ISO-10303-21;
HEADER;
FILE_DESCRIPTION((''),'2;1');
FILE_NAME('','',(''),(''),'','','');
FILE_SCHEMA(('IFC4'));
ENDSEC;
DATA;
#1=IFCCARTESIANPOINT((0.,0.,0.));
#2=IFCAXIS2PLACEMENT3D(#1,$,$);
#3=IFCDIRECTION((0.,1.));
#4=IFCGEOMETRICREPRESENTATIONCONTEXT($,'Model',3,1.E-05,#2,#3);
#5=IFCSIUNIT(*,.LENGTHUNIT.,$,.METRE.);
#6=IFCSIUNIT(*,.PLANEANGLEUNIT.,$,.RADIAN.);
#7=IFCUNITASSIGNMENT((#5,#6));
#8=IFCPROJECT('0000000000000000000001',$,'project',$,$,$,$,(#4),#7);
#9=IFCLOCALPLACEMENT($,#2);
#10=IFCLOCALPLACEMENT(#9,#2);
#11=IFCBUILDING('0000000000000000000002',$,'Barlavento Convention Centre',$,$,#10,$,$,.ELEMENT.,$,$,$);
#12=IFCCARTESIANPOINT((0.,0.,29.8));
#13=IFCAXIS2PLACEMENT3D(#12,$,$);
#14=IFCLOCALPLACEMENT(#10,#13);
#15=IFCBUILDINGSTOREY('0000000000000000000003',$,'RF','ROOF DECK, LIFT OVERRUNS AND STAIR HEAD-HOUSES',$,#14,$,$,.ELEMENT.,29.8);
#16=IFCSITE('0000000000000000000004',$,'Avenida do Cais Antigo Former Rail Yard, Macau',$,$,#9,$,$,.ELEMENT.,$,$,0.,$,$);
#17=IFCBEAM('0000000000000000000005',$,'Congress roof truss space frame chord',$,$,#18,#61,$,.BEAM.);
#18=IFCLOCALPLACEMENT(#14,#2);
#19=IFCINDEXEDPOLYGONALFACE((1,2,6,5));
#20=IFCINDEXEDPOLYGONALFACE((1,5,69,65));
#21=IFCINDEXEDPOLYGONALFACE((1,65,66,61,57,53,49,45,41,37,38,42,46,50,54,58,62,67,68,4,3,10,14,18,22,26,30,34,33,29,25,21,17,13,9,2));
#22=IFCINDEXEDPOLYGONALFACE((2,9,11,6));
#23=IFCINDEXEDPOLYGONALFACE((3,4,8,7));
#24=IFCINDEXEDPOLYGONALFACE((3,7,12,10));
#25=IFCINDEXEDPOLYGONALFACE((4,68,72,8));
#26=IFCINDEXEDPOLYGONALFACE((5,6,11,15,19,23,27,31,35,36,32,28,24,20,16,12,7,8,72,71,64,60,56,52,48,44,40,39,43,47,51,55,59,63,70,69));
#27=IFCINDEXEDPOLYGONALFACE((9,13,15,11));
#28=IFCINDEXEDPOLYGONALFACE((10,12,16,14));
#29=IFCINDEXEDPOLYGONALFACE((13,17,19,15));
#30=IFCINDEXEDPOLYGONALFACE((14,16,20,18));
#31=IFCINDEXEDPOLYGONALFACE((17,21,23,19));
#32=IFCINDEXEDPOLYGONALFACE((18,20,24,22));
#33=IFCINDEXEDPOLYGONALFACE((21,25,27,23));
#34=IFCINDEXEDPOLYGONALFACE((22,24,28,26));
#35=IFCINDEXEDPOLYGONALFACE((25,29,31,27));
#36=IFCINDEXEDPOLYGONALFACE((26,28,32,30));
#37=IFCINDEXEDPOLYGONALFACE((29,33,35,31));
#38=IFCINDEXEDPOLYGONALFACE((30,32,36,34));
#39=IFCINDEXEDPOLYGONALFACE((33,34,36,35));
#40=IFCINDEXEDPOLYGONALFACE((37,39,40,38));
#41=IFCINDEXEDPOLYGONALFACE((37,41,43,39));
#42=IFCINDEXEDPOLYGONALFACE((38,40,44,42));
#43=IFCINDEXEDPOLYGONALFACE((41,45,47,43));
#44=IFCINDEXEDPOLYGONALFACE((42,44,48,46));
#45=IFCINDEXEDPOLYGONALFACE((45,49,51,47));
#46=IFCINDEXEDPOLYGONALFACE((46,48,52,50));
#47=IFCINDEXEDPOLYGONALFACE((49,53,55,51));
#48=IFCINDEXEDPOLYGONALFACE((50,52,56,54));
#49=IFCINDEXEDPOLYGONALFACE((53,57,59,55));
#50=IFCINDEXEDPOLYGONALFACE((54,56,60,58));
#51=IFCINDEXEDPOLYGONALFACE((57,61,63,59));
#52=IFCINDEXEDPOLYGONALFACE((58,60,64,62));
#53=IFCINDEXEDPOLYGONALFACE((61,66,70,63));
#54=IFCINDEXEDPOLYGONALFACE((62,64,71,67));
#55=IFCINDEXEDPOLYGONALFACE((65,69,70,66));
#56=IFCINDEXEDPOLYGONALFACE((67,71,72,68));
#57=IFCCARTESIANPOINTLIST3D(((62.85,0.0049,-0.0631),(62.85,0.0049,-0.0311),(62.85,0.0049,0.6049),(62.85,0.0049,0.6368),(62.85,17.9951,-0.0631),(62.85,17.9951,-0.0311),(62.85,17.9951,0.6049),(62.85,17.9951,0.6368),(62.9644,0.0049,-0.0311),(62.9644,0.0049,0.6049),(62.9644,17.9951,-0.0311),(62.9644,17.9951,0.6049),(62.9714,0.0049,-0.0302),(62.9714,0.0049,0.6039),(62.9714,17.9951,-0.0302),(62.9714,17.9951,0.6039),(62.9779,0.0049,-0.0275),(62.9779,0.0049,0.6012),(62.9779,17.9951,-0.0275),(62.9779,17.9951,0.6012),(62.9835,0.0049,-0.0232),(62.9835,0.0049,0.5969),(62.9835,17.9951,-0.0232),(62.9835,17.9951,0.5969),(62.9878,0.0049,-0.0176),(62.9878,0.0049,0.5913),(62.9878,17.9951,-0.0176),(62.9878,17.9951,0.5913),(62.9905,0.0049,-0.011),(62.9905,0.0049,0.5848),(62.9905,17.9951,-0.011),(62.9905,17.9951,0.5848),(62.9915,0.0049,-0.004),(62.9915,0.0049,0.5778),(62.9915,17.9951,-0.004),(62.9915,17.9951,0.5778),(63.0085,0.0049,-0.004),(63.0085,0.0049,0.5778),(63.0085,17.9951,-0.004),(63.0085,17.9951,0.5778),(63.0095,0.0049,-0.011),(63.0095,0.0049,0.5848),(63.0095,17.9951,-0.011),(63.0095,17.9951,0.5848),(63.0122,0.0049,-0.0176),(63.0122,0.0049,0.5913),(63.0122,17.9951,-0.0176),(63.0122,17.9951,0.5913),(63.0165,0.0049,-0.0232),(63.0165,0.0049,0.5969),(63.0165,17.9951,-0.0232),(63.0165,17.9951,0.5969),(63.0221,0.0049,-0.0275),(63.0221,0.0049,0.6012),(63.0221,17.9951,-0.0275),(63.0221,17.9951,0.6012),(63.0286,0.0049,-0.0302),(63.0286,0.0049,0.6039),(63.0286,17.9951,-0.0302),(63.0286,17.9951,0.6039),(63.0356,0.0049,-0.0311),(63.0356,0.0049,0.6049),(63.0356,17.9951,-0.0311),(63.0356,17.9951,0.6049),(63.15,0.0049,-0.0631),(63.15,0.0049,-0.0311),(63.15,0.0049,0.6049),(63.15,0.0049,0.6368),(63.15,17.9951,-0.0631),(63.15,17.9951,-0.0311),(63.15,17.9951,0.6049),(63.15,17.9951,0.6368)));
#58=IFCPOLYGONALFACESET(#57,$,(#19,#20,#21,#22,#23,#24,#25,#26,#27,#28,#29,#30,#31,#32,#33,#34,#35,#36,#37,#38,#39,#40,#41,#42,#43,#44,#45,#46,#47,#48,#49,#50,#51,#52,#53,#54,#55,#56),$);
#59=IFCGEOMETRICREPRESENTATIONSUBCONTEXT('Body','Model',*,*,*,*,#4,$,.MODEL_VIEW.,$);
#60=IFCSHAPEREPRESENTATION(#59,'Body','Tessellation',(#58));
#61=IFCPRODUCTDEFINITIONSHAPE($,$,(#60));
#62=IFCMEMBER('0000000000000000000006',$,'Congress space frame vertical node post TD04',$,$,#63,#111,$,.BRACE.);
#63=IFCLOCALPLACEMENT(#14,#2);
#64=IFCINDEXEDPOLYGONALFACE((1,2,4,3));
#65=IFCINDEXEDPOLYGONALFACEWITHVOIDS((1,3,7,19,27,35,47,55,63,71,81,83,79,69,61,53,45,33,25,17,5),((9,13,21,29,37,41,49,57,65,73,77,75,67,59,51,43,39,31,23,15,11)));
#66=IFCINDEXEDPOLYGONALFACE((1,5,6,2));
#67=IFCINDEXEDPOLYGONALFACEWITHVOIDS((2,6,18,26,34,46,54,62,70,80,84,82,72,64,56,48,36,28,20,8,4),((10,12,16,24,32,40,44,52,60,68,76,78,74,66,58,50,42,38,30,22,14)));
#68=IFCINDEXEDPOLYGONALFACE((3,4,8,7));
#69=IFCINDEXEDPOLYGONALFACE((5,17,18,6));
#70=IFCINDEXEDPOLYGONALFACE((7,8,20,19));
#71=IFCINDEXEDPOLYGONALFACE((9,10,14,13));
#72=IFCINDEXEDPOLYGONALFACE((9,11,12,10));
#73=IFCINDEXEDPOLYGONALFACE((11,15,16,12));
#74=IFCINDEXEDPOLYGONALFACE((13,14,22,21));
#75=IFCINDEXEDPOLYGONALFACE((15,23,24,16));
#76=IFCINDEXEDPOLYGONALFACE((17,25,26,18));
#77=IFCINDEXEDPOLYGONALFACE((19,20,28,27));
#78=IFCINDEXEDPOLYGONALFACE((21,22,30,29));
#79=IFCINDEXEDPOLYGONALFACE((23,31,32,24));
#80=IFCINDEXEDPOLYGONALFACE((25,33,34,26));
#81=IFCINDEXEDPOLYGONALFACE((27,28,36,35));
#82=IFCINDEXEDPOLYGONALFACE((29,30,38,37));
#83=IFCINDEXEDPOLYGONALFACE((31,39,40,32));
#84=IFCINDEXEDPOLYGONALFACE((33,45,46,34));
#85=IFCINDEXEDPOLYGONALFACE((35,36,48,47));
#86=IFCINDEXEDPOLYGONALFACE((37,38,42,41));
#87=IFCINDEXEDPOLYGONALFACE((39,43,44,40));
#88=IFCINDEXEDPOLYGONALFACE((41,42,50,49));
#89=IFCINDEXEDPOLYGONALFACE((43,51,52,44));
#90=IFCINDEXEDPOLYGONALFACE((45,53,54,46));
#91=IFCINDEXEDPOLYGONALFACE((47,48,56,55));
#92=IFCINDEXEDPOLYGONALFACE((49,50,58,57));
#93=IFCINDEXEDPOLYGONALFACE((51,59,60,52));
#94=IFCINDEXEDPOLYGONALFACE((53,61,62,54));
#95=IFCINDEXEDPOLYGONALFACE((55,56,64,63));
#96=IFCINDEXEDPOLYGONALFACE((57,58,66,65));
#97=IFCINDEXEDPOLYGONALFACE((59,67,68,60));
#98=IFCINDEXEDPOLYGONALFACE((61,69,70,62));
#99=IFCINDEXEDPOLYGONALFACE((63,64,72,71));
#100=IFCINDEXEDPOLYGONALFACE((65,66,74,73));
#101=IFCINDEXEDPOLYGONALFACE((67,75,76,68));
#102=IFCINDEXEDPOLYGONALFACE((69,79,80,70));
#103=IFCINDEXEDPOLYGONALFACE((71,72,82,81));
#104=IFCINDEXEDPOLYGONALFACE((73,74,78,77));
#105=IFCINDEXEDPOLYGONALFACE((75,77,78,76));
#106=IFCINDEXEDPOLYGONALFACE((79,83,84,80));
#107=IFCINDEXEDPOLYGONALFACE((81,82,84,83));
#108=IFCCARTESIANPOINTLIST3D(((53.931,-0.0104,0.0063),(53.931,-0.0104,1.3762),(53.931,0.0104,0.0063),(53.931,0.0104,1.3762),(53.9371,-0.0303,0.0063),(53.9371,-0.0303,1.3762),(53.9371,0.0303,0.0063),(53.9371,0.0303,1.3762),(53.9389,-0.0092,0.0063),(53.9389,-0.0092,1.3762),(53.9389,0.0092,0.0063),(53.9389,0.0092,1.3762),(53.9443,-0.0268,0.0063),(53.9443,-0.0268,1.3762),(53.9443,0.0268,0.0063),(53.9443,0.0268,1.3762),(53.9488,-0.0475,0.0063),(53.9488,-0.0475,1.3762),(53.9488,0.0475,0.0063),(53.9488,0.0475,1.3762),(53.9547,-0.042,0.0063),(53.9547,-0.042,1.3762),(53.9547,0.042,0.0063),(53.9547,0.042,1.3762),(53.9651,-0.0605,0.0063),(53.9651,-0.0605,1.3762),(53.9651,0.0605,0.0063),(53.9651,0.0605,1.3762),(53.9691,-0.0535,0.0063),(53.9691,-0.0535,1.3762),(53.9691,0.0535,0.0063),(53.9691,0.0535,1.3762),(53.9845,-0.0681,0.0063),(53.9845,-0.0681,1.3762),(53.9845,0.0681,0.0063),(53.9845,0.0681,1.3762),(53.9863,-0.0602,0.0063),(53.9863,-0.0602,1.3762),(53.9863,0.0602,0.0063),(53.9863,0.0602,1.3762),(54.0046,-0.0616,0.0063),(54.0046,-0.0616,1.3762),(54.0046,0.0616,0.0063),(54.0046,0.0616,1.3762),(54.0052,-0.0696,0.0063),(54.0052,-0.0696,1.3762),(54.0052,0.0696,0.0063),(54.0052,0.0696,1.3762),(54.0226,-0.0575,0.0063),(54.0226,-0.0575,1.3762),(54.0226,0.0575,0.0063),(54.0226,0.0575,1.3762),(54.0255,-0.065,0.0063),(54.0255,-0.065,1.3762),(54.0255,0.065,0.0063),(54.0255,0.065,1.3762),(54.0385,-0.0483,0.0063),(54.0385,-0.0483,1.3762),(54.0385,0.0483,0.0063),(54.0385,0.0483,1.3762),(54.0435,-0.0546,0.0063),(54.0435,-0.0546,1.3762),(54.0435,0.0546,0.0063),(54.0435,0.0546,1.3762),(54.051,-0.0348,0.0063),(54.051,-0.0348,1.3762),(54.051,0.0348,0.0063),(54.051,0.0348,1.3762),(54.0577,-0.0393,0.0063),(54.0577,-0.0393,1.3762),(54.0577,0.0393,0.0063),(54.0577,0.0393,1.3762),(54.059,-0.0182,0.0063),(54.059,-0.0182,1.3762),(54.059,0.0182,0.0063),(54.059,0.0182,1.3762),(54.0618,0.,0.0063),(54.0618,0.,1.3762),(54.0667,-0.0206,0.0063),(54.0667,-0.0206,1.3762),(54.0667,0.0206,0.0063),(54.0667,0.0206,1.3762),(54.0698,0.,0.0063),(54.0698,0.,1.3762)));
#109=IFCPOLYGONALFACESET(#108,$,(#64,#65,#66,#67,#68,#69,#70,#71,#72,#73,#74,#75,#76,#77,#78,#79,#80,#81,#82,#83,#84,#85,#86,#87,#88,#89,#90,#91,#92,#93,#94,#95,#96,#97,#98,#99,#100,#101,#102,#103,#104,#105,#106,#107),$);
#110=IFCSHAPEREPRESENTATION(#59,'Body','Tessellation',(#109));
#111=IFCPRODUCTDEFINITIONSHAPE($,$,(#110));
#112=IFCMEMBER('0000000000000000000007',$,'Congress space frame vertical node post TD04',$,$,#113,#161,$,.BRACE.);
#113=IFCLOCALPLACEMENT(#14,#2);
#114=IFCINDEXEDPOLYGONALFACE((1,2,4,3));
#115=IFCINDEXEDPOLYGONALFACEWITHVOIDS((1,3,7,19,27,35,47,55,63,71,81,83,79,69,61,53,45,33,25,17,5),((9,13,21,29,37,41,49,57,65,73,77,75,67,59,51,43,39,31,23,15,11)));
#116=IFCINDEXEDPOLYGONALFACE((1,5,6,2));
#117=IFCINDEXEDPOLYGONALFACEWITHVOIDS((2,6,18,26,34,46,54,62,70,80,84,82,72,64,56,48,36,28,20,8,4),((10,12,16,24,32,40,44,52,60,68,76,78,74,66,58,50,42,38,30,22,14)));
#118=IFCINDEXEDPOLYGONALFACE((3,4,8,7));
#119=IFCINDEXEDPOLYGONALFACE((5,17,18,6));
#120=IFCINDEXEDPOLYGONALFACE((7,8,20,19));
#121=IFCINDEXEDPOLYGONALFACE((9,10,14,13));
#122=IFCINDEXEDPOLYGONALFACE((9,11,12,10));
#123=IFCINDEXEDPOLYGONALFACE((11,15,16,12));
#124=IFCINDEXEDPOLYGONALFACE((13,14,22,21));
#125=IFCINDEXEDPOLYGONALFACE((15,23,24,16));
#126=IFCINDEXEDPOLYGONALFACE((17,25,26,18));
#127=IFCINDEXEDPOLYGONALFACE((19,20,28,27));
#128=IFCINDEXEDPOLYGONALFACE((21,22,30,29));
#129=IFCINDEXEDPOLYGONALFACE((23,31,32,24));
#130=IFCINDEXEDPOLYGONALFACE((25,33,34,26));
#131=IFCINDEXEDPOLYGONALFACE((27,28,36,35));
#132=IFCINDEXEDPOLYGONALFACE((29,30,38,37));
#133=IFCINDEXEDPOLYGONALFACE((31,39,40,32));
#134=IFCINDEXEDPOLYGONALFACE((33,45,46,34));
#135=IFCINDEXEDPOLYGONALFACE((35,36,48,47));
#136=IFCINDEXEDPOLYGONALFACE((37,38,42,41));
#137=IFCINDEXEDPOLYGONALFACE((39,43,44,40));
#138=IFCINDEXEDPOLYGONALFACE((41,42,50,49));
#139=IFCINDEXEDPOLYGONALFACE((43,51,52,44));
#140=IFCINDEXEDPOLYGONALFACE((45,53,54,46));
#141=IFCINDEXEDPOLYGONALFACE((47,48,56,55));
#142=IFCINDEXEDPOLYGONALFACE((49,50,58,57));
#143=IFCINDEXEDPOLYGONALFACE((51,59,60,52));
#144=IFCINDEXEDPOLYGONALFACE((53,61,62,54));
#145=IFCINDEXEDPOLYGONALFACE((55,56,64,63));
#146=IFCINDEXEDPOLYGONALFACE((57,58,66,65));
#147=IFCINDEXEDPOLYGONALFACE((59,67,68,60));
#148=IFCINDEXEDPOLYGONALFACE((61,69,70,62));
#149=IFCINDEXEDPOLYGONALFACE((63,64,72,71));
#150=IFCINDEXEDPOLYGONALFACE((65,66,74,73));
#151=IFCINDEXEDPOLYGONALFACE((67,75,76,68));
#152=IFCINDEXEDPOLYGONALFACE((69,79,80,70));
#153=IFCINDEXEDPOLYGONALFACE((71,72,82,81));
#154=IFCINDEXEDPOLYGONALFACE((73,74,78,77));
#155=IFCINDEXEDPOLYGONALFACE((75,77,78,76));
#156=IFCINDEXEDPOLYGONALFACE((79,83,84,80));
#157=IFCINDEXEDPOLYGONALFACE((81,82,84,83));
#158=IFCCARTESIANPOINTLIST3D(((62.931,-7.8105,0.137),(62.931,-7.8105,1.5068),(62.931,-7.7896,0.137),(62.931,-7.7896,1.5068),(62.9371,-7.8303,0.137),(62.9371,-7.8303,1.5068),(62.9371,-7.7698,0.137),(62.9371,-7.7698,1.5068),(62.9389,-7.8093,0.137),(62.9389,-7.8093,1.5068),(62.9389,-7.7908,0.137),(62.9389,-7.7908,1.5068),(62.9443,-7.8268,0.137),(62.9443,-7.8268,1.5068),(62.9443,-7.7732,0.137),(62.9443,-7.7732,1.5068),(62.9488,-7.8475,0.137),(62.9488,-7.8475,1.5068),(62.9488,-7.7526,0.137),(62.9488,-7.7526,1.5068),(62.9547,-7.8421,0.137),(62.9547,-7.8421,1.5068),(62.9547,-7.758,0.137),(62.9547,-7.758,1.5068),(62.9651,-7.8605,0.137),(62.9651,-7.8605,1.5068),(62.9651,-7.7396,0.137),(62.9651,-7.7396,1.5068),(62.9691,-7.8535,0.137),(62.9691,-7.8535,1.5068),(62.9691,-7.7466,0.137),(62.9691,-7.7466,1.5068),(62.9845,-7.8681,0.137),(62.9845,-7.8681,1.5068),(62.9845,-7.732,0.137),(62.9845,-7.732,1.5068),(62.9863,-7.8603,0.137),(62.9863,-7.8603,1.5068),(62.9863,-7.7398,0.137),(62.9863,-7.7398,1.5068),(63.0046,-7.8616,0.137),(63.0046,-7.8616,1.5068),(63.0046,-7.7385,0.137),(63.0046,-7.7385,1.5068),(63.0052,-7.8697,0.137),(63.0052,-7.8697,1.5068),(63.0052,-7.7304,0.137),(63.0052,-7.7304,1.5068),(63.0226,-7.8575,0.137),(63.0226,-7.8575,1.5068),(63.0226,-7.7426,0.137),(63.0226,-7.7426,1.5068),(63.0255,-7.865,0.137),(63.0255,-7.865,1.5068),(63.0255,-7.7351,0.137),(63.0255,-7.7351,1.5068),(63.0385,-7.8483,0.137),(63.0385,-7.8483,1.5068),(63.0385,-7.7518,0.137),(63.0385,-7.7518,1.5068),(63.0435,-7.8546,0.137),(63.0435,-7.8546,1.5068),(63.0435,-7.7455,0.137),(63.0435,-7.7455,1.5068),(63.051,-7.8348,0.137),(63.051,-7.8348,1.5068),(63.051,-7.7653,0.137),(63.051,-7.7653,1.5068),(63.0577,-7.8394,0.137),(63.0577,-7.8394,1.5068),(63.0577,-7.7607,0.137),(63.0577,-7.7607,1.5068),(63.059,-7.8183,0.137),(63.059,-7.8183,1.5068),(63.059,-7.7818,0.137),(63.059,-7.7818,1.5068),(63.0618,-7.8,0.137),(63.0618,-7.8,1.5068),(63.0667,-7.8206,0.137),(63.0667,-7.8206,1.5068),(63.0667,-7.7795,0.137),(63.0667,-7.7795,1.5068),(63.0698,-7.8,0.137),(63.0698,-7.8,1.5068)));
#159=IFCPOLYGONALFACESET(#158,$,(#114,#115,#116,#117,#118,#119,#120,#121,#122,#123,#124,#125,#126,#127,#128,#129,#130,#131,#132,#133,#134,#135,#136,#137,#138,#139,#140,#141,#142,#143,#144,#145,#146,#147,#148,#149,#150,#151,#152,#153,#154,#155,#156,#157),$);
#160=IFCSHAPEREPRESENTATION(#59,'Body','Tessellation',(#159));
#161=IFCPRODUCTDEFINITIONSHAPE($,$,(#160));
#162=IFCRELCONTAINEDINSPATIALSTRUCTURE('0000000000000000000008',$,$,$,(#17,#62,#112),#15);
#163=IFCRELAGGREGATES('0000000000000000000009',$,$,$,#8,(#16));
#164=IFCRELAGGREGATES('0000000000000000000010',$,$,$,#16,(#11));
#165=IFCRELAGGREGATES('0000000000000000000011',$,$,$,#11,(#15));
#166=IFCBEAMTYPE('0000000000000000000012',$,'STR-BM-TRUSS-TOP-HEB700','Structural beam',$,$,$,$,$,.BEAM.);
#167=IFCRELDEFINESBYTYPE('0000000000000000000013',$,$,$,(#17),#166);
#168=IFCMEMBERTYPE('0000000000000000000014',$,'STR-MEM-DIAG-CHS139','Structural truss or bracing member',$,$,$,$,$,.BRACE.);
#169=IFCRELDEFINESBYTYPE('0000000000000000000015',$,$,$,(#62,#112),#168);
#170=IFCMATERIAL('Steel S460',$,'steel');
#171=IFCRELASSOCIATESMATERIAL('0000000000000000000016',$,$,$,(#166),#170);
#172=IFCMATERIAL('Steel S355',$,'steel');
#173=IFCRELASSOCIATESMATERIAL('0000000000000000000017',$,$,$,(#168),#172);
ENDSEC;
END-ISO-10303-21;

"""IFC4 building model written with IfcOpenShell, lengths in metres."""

from ifc_helpers import new_model, si_unit, direction, frame, origin, origin_2d, place, context, subcontext, project, spatial, hollow_circle, i_section, extrude, material, material_profile, profile_set, type_object, element, save


model = new_model("IFC4")

# Units and contexts
model_context = context("Model", 3, precision=1e-05, world=origin(), true_north=direction((0.0, 1.0)))
body_context = subcontext(model_context, "Body", "Model", "MODEL_VIEW")
ifc_project = project(units=[si_unit("LENGTHUNIT", "METRE"), si_unit("PLANEANGLEUNIT", "RADIAN")], contexts=[model_context])

# Site, building, storey
site_placement = place(None, origin())
site = spatial("IfcSite", under=ifc_project, at=site_placement, Name="Avenida do Cais Antigo Former Rail Yard, Macau", CompositionType="ELEMENT", RefElevation=0.0)
building_placement = place(site_placement, origin())
building = spatial("IfcBuilding", under=site, at=building_placement, Name="Barlavento Convention Centre", CompositionType="ELEMENT")
storey_placement = place(building_placement, frame((0.0, 0.0, 29.8)))
storey = spatial("IfcBuildingStorey", under=building, at=storey_placement, Name="RF", Description="ROOF DECK, LIFT OVERRUNS AND STAIR HEAD-HOUSES", CompositionType="ELEMENT", Elevation=29.8)

# Beam
ifc_material_1 = material(Name="Steel S355", Category="steel")
ifc_material_2 = material(Name="Steel S460", Category="steel")
ifc_material_profile_1 = material_profile(ifc_material_2, i_section(OverallWidth=0.3, OverallDepth=0.7, WebThickness=0.0171, FlangeThickness=0.032, FilletRadius=0.0271, at=origin_2d()), Name="HEB 700")
ifc_profile_set_1 = profile_set([ifc_material_profile_1], Name="Steel S460")
beam_type_1 = type_object("IfcBeamType", Name="STR-BM-TRUSS-TOP-HEB700", Description="Structural beam", PredefinedType="BEAM", material=ifc_profile_set_1)
for number, where, z_axis, x_axis, name in (
    (1, (63.0, 0.0049, 0.2869), (0.0, 1.0, 0.0), (-1.0, 0.0, 0.0), "Congress roof truss space frame chord"),
):
    element("IfcBeam", number, at=place(storey_placement, frame(where, z_axis=z_axis, x_axis=x_axis)), inside=storey, type_object=beam_type_1, Name=name, PredefinedType="BEAM", context=body_context, shape_type="SweptSolid", body=[
        extrude(i_section(OverallWidth=0.3, OverallDepth=0.7, WebThickness=0.0171, FlangeThickness=0.032, FilletRadius=0.0271, at=origin_2d()), origin(), (0.0, 0.0, 1.0), 17.9902),
    ])

# Members
ifc_material_profile_2 = material_profile(ifc_material_1, hollow_circle(Radius=0.0698, WallThickness=0.0081, at=origin_2d()), Name="CHS 139.7x8.0")
ifc_profile_set_2 = profile_set([ifc_material_profile_2], Name="Steel S355")
member_type_1 = type_object("IfcMemberType", Name="STR-MEM-DIAG-CHS139", Description="Structural truss or bracing member", PredefinedType="BRACE", material=ifc_profile_set_2)
for number, where, z_axis, x_axis, name in (
    (2, (54.0, 0.0, 0.0063), (0.0, 0.0, 1.0), (1.0, 0.0, 0.0), "Congress space frame vertical node post TD04"),
    (3, (63.0, -7.8, 0.137), (0.0, 0.0, 1.0), (1.0, 0.0, 0.0), "Congress space frame vertical node post TD04"),
):
    element("IfcMember", number, at=place(storey_placement, frame(where, z_axis=z_axis, x_axis=x_axis)), inside=storey, type_object=member_type_1, Name=name, PredefinedType="BRACE", context=body_context, shape_type="SweptSolid", body=[
        extrude(hollow_circle(Radius=0.0698, WallThickness=0.0081, at=origin_2d()), origin(), (0.0, 0.0, 1.0), 1.3699),
    ])

save(model, "model.ifc")
